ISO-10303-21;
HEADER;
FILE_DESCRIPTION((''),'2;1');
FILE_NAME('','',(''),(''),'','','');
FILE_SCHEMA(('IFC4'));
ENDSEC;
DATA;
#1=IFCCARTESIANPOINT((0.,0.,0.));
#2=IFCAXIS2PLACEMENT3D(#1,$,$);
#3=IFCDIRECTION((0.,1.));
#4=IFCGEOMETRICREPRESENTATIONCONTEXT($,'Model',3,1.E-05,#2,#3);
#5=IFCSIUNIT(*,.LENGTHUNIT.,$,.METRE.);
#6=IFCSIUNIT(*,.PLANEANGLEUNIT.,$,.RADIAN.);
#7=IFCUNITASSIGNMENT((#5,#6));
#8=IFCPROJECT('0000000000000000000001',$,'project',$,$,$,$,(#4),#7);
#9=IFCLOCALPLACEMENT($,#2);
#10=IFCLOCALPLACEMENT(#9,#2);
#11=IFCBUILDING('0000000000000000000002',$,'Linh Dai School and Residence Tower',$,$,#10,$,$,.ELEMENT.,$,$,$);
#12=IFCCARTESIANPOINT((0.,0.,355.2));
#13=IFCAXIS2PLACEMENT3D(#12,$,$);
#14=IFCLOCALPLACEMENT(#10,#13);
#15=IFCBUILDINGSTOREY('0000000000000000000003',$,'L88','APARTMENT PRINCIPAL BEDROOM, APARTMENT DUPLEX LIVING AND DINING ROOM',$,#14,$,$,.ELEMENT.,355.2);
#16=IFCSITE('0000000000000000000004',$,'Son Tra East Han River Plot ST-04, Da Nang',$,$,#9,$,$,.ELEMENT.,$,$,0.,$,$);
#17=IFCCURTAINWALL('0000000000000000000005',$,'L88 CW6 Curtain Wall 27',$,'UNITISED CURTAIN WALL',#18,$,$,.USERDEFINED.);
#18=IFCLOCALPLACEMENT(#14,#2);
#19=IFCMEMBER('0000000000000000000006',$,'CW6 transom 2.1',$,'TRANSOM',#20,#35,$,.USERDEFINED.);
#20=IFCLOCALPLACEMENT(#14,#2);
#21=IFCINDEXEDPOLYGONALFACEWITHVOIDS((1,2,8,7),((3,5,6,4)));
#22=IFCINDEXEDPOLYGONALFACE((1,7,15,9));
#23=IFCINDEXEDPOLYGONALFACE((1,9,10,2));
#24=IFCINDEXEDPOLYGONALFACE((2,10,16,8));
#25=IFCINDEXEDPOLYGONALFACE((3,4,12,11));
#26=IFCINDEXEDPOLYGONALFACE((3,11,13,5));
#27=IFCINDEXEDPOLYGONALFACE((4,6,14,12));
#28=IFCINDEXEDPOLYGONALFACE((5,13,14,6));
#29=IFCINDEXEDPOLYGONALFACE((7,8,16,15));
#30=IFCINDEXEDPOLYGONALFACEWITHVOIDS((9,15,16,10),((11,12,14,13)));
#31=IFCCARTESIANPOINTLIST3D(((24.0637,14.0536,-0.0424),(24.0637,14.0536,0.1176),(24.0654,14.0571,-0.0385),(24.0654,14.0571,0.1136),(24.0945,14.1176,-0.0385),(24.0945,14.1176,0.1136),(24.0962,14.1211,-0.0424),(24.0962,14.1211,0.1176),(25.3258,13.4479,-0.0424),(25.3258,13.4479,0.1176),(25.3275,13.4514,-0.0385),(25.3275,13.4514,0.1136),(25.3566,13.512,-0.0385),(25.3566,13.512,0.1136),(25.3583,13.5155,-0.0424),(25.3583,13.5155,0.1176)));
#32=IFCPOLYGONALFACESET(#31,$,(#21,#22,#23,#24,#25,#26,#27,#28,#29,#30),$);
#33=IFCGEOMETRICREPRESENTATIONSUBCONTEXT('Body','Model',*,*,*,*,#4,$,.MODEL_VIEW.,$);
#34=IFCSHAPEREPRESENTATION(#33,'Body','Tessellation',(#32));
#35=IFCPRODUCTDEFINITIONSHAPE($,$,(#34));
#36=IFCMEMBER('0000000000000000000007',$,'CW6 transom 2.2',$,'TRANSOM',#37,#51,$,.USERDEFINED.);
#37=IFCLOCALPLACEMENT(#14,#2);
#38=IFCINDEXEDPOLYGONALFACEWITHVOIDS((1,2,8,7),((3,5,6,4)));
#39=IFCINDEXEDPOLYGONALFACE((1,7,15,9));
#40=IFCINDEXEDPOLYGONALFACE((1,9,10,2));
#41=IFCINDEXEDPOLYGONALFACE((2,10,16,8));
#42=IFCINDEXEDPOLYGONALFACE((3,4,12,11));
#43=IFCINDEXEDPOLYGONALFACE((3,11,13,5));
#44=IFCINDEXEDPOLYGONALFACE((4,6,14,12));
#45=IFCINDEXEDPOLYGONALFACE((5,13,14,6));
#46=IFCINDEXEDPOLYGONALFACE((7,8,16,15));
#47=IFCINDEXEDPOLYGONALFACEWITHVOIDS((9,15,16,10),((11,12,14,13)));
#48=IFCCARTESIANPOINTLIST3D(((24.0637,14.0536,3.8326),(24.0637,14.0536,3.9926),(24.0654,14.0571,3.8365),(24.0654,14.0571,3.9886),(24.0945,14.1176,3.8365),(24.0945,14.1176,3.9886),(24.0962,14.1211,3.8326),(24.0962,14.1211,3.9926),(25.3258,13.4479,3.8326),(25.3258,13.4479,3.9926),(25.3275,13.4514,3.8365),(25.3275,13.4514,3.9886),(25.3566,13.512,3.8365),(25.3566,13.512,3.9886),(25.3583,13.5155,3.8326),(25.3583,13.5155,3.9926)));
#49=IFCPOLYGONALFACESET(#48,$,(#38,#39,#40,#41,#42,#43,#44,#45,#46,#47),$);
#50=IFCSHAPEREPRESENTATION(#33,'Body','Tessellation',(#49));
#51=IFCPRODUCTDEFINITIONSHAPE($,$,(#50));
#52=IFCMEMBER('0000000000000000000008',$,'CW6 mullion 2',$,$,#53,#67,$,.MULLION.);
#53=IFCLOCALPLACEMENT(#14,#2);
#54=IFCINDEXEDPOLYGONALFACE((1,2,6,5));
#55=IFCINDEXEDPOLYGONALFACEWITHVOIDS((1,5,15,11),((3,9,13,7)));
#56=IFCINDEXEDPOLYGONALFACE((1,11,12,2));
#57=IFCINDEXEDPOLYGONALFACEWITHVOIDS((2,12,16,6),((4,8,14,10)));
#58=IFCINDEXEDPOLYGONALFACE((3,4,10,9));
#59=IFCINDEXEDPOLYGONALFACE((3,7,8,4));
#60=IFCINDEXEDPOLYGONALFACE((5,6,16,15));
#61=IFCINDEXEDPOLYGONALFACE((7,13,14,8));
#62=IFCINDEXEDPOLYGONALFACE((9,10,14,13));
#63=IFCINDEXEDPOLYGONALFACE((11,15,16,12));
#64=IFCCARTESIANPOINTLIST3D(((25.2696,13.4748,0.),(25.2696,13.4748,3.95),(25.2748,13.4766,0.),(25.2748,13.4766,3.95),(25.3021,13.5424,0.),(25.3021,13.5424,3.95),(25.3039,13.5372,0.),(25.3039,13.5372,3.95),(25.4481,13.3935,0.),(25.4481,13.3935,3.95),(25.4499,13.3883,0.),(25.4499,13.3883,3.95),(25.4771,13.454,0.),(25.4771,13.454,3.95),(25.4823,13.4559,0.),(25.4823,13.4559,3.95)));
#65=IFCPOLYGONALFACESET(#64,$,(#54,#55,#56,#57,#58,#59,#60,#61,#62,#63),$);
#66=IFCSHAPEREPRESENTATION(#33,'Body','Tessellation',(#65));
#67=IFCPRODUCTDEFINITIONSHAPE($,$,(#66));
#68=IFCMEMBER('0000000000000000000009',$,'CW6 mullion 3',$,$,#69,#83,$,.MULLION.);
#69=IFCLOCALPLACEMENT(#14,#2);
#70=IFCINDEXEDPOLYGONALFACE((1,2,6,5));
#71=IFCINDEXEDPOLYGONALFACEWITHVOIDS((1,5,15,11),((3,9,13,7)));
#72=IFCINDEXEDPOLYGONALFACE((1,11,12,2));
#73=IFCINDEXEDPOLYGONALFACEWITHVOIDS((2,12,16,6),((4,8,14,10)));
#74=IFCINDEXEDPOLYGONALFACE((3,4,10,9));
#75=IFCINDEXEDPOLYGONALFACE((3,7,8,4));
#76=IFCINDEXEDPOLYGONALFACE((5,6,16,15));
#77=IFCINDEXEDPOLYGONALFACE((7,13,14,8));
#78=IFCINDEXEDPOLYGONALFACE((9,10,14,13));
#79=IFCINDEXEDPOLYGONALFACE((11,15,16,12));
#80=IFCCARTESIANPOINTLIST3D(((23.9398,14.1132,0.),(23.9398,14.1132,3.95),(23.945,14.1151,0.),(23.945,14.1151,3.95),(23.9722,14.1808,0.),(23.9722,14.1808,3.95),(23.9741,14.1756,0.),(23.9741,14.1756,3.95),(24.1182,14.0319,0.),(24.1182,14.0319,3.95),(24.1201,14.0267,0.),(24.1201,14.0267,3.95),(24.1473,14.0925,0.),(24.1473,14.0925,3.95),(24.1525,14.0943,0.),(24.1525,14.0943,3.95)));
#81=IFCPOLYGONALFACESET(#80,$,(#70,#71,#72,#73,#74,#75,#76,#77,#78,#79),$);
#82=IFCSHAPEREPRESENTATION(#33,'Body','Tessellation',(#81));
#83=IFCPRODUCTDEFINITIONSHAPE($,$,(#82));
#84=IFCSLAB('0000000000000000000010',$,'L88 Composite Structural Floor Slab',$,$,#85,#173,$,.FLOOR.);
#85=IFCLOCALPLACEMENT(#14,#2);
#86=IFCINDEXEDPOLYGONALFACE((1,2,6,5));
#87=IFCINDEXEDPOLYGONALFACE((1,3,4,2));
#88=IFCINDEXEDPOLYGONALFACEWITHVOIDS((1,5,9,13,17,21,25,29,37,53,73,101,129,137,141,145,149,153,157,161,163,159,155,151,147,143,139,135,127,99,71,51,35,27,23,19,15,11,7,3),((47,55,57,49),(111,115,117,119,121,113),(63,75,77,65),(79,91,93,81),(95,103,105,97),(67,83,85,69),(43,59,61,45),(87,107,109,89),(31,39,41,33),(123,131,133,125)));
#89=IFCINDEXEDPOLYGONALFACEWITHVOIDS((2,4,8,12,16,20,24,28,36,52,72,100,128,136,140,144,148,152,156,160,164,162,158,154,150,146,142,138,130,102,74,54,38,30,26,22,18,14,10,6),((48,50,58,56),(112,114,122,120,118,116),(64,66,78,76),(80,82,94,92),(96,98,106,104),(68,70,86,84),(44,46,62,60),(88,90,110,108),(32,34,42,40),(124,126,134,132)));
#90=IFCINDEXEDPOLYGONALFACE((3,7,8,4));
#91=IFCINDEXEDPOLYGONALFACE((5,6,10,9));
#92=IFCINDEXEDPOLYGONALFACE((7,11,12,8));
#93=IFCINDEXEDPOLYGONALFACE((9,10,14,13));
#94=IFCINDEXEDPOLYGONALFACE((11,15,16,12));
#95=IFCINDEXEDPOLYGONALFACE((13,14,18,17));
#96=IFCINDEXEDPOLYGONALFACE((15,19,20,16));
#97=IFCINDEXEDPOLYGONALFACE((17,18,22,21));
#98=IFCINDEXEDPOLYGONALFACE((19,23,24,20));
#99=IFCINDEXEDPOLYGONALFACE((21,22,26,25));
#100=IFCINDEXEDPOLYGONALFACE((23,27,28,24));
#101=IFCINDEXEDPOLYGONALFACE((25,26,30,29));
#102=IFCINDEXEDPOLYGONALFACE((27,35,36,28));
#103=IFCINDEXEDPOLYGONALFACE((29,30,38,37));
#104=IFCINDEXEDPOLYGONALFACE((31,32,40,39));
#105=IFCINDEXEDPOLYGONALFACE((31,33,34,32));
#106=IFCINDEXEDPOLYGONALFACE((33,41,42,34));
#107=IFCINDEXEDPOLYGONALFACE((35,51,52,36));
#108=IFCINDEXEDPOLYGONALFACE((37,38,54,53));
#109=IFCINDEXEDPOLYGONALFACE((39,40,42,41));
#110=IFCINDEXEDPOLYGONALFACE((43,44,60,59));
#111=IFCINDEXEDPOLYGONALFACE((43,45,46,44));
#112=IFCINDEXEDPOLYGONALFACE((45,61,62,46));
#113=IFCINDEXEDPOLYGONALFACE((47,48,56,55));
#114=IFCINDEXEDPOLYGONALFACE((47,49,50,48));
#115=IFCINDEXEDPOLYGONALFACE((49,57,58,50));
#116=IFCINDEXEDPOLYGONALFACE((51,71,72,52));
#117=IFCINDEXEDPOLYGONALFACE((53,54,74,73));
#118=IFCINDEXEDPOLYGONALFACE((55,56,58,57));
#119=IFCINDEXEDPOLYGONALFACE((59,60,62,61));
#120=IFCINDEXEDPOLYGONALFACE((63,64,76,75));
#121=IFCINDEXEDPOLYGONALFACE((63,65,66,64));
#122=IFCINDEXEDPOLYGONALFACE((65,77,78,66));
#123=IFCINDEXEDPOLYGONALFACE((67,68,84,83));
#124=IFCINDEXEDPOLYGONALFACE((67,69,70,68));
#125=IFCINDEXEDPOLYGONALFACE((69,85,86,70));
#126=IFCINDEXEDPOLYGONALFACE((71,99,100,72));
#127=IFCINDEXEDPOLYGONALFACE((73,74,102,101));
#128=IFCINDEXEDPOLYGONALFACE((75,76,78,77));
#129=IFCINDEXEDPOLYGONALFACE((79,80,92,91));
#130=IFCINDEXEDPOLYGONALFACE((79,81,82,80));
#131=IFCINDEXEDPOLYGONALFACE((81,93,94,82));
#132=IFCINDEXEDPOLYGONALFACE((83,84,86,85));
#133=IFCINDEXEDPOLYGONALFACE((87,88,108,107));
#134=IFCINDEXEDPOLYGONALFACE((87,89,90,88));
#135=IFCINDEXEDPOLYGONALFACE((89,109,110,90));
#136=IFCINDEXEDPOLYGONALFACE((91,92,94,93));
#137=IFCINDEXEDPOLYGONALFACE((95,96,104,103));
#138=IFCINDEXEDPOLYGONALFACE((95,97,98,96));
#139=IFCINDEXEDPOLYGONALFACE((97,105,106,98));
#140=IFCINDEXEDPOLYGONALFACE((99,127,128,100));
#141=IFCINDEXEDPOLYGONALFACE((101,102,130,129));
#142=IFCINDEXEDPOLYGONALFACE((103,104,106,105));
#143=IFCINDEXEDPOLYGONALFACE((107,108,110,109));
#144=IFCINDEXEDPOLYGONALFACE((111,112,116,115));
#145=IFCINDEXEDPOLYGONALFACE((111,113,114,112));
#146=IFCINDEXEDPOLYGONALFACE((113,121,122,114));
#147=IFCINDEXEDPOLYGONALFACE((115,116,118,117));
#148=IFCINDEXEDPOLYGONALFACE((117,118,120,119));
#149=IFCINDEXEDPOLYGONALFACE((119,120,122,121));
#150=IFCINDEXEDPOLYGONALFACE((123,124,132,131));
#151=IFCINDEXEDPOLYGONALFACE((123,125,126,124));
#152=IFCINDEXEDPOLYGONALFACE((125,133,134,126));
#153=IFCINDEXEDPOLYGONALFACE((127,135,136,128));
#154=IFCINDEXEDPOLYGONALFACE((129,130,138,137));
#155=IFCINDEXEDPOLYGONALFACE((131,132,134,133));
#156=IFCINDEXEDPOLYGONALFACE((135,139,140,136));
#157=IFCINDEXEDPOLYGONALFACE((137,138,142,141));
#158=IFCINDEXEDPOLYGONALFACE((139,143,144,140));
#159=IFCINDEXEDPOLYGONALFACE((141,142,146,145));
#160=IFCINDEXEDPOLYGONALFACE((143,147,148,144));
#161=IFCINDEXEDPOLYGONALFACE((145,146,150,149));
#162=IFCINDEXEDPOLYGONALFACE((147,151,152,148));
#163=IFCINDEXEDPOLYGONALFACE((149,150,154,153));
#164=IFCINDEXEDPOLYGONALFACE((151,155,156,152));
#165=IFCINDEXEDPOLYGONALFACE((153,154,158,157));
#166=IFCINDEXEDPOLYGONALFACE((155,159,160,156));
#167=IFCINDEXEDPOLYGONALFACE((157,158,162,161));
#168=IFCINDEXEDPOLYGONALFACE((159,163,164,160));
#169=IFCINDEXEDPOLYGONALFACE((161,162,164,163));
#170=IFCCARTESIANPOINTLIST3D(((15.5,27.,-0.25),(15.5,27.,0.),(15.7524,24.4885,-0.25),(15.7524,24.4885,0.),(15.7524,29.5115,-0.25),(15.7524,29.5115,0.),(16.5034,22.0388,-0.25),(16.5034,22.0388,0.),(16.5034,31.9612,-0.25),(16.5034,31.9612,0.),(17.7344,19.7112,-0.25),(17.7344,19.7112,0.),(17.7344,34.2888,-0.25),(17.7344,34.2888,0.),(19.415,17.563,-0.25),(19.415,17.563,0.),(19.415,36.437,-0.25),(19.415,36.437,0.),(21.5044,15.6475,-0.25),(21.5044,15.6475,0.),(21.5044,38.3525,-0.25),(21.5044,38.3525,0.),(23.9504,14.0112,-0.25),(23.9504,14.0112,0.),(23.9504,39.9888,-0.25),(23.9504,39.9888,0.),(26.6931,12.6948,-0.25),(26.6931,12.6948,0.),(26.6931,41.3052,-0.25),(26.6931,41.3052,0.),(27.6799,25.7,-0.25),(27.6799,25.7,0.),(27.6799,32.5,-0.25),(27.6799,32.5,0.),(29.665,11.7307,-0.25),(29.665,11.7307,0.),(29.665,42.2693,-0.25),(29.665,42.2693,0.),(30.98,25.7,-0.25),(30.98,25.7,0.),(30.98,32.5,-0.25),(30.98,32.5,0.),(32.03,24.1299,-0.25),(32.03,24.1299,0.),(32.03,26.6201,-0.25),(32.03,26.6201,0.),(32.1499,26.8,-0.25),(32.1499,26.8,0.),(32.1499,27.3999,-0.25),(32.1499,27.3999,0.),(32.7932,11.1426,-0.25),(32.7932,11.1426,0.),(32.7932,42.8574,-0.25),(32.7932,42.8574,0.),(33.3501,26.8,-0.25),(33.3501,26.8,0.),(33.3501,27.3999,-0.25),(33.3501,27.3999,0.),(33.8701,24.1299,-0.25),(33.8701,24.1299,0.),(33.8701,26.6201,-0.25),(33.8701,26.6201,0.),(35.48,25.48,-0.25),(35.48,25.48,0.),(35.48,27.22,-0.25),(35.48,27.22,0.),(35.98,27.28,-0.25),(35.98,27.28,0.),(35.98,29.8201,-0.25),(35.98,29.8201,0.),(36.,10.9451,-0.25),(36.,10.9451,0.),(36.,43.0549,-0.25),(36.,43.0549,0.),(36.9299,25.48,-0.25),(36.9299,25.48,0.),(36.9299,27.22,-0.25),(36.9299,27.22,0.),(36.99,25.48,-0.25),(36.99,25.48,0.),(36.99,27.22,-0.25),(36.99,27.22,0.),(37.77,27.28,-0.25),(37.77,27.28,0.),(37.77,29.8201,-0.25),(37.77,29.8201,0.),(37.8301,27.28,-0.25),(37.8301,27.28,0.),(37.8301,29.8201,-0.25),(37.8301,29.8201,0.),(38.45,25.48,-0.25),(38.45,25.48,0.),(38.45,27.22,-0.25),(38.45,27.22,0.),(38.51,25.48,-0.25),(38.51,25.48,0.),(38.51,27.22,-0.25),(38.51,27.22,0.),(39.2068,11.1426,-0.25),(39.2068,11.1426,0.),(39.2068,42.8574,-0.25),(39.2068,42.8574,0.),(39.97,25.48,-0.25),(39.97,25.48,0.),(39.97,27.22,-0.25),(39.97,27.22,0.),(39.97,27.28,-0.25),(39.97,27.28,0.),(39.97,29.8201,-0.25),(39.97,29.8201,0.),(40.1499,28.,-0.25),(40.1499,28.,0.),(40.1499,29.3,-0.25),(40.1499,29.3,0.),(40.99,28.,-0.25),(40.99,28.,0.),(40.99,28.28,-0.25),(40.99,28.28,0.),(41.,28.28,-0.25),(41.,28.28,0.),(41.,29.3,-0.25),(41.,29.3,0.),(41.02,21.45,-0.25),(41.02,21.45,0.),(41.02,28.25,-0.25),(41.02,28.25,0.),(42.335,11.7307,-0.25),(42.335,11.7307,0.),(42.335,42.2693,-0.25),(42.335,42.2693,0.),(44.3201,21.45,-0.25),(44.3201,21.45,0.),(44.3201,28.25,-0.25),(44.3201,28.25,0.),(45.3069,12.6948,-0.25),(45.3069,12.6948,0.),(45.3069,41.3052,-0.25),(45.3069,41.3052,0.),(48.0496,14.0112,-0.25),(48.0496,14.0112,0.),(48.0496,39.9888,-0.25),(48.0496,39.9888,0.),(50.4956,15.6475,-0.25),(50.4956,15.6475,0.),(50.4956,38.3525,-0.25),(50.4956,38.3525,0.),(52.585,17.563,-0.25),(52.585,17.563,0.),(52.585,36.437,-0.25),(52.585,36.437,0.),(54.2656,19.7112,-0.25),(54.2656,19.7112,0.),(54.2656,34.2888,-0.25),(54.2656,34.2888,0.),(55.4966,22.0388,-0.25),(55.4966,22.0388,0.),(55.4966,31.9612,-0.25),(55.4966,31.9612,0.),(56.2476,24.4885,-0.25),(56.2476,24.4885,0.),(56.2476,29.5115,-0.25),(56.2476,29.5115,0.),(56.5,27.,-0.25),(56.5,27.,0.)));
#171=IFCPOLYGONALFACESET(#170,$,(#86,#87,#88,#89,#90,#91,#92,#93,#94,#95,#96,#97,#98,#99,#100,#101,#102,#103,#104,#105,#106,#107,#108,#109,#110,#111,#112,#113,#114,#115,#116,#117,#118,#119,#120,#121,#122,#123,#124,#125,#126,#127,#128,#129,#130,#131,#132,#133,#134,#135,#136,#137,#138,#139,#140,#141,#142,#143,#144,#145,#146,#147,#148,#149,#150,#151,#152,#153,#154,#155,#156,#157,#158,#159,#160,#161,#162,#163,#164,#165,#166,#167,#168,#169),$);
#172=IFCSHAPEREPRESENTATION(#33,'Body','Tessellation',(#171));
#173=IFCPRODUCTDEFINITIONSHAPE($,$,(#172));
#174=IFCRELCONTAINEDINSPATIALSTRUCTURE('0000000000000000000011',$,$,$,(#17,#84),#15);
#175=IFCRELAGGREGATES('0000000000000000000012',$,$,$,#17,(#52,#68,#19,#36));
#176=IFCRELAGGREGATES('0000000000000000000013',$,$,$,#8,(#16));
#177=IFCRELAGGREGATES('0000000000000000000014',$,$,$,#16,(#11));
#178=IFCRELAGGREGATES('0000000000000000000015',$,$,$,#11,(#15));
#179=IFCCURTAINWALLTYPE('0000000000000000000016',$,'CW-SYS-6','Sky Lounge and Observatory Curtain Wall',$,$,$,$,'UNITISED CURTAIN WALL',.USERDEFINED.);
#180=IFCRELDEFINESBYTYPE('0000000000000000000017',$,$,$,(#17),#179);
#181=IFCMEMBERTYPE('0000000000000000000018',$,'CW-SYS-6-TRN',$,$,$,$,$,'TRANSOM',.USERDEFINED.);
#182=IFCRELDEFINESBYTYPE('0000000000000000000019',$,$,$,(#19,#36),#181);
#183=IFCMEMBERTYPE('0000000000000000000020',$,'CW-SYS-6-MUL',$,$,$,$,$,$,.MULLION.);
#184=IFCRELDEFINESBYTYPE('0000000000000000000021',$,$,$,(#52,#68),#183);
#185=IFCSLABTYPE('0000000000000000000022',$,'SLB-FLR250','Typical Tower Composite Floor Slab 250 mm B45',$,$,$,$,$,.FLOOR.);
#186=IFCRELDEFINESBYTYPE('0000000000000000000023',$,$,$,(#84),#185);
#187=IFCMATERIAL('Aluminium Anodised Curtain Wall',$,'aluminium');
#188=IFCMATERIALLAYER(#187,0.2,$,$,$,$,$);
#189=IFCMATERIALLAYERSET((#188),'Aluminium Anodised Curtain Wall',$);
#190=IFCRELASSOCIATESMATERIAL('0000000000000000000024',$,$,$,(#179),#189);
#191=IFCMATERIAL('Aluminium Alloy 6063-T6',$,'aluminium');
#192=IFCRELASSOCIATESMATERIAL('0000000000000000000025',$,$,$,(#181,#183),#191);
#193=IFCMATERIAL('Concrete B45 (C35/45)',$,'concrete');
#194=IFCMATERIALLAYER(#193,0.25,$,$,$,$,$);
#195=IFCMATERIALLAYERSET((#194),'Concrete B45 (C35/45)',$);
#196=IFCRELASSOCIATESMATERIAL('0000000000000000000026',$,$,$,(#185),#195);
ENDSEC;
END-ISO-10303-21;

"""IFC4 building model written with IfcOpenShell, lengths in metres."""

from ifc_helpers import new_model, si_unit, direction, frame, origin, origin_2d, place, context, subcontext, project, spatial, polyline, hollow_rectangle, outline, extrude, source, transform, mapped, material, layer, layer_set, material_profile, profile_set, type_object, element, aggregate, save


model = new_model("IFC4")

# Units and contexts
model_context = context("Model", 3, precision=1e-05, world=origin(), true_north=direction((0.0, 1.0)))
body_context = subcontext(model_context, "Body", "Model", "MODEL_VIEW")
ifc_project = project(units=[si_unit("LENGTHUNIT", "METRE"), si_unit("PLANEANGLEUNIT", "RADIAN")], contexts=[model_context])

# Site, building, storey
site_placement = place(None, origin())
site = spatial("IfcSite", under=ifc_project, at=site_placement, Name="Son Tra East Han River Plot ST-04, Da Nang", CompositionType="ELEMENT", RefElevation=0.0)
building_placement = place(site_placement, origin())
building = spatial("IfcBuilding", under=site, at=building_placement, Name="Linh Dai School and Residence Tower", CompositionType="ELEMENT")
storey_placement = place(building_placement, frame((0.0, 0.0, 355.2)))
storey = spatial("IfcBuildingStorey", under=building, at=storey_placement, Name="L88", Description="APARTMENT PRINCIPAL BEDROOM, APARTMENT DUPLEX LIVING AND DINING ROOM", CompositionType="ELEMENT", Elevation=355.2)

# Curtain wall, members
ifc_material_1 = material(Name="Aluminium Anodised Curtain Wall", Category="aluminium")
ifc_layer_1 = layer(ifc_material_1, 0.2)
ifc_layer_set_1 = layer_set([ifc_layer_1], Name="Aluminium Anodised Curtain Wall")
curtain_wall_type = type_object("IfcCurtainWallType", Name="CW-SYS-6", Description="Sky Lounge and Observatory Curtain Wall", ElementType="UNITISED CURTAIN WALL", PredefinedType="USERDEFINED", material=ifc_layer_set_1)
curtain_wall_placement = place(storey_placement, origin())
curtain_wall = element("IfcCurtainWall", 1, at=curtain_wall_placement, inside=storey, type_object=curtain_wall_type, Name="L88 CW6 Curtain Wall 27", ObjectType="UNITISED CURTAIN WALL", PredefinedType="USERDEFINED")
ifc_material_2 = material(Name="Aluminium Alloy 6063-T6", Category="aluminium")
ifc_material_profile_1 = material_profile(ifc_material_2, hollow_rectangle(XDim=0.075, YDim=0.1599, WallThickness=0.0039, at=origin_2d()), Name="RHS 160x75x4")
ifc_profile_set_1 = profile_set([ifc_material_profile_1], Name="Aluminium Alloy 6063-T6")
member_type_1 = type_object("IfcMemberType", Name="CW-SYS-6-TRN", ElementType="TRANSOM", PredefinedType="USERDEFINED", material=ifc_profile_set_1)
shared_shape_1 = source(origin(), body_context, "Body", "SweptSolid", [
    extrude(hollow_rectangle(XDim=0.075, YDim=0.1599, WallThickness=0.0039, at=origin_2d()), origin(), (0.0, 0.0, 1.0), 1.3999),
])
member_1_placement = place(storey_placement, frame((25.342, 13.4817, 0.0376), z_axis=(-0.901564, 0.432646, 0.0), x_axis=(-0.432646, -0.901564, 0.0)))
member_1 = element("IfcMember", 2, at=member_1_placement, type_object=member_type_1, Name="CW6 transom 2.1", ObjectType="TRANSOM", PredefinedType="USERDEFINED", context=body_context, shape_type="MappedRepresentation", body=[
    mapped(shared_shape_1, transform((0.0, 0.0, 0.0), x_axis=(1.0, 0.0, 0.0), y_axis=(0.0, 1.0, 0.0), z_axis=(0.0, 0.0, 1.0), scale=1.0)),
])
member_2_placement = place(storey_placement, frame((25.342, 13.4817, 3.9126), z_axis=(-0.901564, 0.432646, 0.0), x_axis=(-0.432646, -0.901564, 0.0)))
member_2 = element("IfcMember", 3, at=member_2_placement, type_object=member_type_1, Name="CW6 transom 2.2", ObjectType="TRANSOM", PredefinedType="USERDEFINED", context=body_context, shape_type="MappedRepresentation", body=[
    mapped(shared_shape_1, transform((0.0, 0.0, 0.0), x_axis=(1.0, 0.0, 0.0), y_axis=(0.0, 1.0, 0.0), z_axis=(0.0, 0.0, 1.0), scale=1.0)),
])
ifc_material_profile_2 = material_profile(ifc_material_2, hollow_rectangle(XDim=0.075, YDim=0.2, WallThickness=0.0039, at=origin_2d()), Name="RHS 200x75x4")
ifc_profile_set_2 = profile_set([ifc_material_profile_2], Name="Aluminium Alloy 6063-T6")
member_type_2 = type_object("IfcMemberType", Name="CW-SYS-6-MUL", PredefinedType="MULLION", material=ifc_profile_set_2)
shared_shape_2 = source(origin(), body_context, "Body", "SweptSolid", [
    extrude(hollow_rectangle(XDim=0.075, YDim=0.2, WallThickness=0.0039, at=origin_2d()), origin(), (0.0, 0.0, 1.0), 3.95),
])
member_3_placement = place(storey_placement, frame((25.376, 13.4653, 0.0), z_axis=(0.0, 0.0, 1.0), x_axis=(-0.432674, -0.901551, 0.0)))
member_3 = element("IfcMember", 4, at=member_3_placement, type_object=member_type_2, Name="CW6 mullion 2", PredefinedType="MULLION", context=body_context, shape_type="MappedRepresentation", body=[
    mapped(shared_shape_2, transform((0.0, 0.0, 0.0), x_axis=(1.0, 0.0, 0.0), y_axis=(0.0, 1.0, 0.0), z_axis=(0.0, 0.0, 1.0), scale=1.0)),
])
member_4_placement = place(storey_placement, frame((24.0461, 14.1038, 0.0), z_axis=(0.0, 0.0, 1.0), x_axis=(-0.432674, -0.901551, 0.0)))
member_4 = element("IfcMember", 5, at=member_4_placement, type_object=member_type_2, Name="CW6 mullion 3", PredefinedType="MULLION", context=body_context, shape_type="MappedRepresentation", body=[
    mapped(shared_shape_2, transform((0.0, 0.0, 0.0), x_axis=(1.0, 0.0, 0.0), y_axis=(0.0, 1.0, 0.0), z_axis=(0.0, 0.0, 1.0), scale=1.0)),
])

# Slab
ifc_material_3 = material(Name="Concrete B45 (C35/45)", Category="concrete")
ifc_layer_2 = layer(ifc_material_3, 0.25)
ifc_layer_set_2 = layer_set([ifc_layer_2], Name="Concrete B45 (C35/45)")
slab_type_1 = type_object("IfcSlabType", Name="SLB-FLR250", Description="Typical Tower Composite Floor Slab 250 mm B45", PredefinedType="FLOOR", material=ifc_layer_set_2)
slab_1_placement = place(storey_placement, frame((0.0, 0.0, -0.25)))
element("IfcSlab", 6, at=slab_1_placement, inside=storey, type_object=slab_type_1, Name="L88 Composite Structural Floor Slab", PredefinedType="FLOOR", context=body_context, shape_type="SweptSolid", body=[
    extrude(outline(polyline([(56.5, 27.0), (56.2476, 29.5115), (55.4966, 31.9612), (54.2656, 34.2888), (52.585, 36.437), (50.4956, 38.3525), (48.0496, 39.9888), (45.3069, 41.3052), (42.335, 42.2693), (39.2068, 42.8574), (36.0, 43.0549), (32.7932, 42.8574), (29.665, 42.2693), (26.6931, 41.3052), (23.9504, 39.9888), (21.5044, 38.3525), (19.415, 36.437), (17.7344, 34.2888), (16.5034, 31.9612), (15.7524, 29.5115), (15.5, 27.0), (15.7524, 24.4885), (16.5034, 22.0388), (17.7344, 19.7112), (19.415, 17.563), (21.5044, 15.6475), (23.9504, 14.0112), (26.6931, 12.6948), (29.665, 11.7307), (32.7932, 11.1426), (36.0, 10.9451), (39.2068, 11.1426), (42.335, 11.7307), (45.3069, 12.6948), (48.0496, 14.0112), (50.4956, 15.6475), (52.585, 17.563), (54.2656, 19.7112), (55.4966, 22.0388), (56.2476, 24.4885), (56.5, 27.0)]), holes=[polyline([(30.98, 25.7), (30.98, 32.5), (27.6799, 32.5), (27.6799, 25.7), (30.98, 25.7)]), polyline([(41.02, 28.25), (41.02, 21.45), (44.3201, 21.45), (44.3201, 28.25), (41.02, 28.25)]), polyline([(35.98, 27.28), (37.77, 27.28), (37.77, 29.8201), (35.98, 29.8201), (35.98, 27.28)]), polyline([(32.03, 24.1299), (33.8701, 24.1299), (33.8701, 26.6201), (32.03, 26.6201), (32.03, 24.1299)]), polyline([(37.8301, 27.28), (39.97, 27.28), (39.97, 29.8201), (37.8301, 29.8201), (37.8301, 27.28)]), polyline([(35.48, 25.48), (36.9299, 25.48), (36.9299, 27.22), (35.48, 27.22), (35.48, 25.48)]), polyline([(36.99, 25.48), (38.45, 25.48), (38.45, 27.22), (36.99, 27.22), (36.99, 25.48)]), polyline([(38.51, 25.48), (39.97, 25.48), (39.97, 27.22), (38.51, 27.22), (38.51, 25.48)]), polyline([(40.1499, 28.0), (40.1499, 29.3), (41.0, 29.3), (41.0, 28.28), (40.99, 28.28), (40.99, 28.0), (40.1499, 28.0)]), polyline([(32.1499, 26.8), (33.3501, 26.8), (33.3501, 27.3999), (32.1499, 27.3999), (32.1499, 26.8)])]), origin(), (0.0, 0.0, 1.0), 0.25),
])

aggregate(curtain_wall, [member_3, member_4, member_1, member_2])

save(model, "model.ifc")
